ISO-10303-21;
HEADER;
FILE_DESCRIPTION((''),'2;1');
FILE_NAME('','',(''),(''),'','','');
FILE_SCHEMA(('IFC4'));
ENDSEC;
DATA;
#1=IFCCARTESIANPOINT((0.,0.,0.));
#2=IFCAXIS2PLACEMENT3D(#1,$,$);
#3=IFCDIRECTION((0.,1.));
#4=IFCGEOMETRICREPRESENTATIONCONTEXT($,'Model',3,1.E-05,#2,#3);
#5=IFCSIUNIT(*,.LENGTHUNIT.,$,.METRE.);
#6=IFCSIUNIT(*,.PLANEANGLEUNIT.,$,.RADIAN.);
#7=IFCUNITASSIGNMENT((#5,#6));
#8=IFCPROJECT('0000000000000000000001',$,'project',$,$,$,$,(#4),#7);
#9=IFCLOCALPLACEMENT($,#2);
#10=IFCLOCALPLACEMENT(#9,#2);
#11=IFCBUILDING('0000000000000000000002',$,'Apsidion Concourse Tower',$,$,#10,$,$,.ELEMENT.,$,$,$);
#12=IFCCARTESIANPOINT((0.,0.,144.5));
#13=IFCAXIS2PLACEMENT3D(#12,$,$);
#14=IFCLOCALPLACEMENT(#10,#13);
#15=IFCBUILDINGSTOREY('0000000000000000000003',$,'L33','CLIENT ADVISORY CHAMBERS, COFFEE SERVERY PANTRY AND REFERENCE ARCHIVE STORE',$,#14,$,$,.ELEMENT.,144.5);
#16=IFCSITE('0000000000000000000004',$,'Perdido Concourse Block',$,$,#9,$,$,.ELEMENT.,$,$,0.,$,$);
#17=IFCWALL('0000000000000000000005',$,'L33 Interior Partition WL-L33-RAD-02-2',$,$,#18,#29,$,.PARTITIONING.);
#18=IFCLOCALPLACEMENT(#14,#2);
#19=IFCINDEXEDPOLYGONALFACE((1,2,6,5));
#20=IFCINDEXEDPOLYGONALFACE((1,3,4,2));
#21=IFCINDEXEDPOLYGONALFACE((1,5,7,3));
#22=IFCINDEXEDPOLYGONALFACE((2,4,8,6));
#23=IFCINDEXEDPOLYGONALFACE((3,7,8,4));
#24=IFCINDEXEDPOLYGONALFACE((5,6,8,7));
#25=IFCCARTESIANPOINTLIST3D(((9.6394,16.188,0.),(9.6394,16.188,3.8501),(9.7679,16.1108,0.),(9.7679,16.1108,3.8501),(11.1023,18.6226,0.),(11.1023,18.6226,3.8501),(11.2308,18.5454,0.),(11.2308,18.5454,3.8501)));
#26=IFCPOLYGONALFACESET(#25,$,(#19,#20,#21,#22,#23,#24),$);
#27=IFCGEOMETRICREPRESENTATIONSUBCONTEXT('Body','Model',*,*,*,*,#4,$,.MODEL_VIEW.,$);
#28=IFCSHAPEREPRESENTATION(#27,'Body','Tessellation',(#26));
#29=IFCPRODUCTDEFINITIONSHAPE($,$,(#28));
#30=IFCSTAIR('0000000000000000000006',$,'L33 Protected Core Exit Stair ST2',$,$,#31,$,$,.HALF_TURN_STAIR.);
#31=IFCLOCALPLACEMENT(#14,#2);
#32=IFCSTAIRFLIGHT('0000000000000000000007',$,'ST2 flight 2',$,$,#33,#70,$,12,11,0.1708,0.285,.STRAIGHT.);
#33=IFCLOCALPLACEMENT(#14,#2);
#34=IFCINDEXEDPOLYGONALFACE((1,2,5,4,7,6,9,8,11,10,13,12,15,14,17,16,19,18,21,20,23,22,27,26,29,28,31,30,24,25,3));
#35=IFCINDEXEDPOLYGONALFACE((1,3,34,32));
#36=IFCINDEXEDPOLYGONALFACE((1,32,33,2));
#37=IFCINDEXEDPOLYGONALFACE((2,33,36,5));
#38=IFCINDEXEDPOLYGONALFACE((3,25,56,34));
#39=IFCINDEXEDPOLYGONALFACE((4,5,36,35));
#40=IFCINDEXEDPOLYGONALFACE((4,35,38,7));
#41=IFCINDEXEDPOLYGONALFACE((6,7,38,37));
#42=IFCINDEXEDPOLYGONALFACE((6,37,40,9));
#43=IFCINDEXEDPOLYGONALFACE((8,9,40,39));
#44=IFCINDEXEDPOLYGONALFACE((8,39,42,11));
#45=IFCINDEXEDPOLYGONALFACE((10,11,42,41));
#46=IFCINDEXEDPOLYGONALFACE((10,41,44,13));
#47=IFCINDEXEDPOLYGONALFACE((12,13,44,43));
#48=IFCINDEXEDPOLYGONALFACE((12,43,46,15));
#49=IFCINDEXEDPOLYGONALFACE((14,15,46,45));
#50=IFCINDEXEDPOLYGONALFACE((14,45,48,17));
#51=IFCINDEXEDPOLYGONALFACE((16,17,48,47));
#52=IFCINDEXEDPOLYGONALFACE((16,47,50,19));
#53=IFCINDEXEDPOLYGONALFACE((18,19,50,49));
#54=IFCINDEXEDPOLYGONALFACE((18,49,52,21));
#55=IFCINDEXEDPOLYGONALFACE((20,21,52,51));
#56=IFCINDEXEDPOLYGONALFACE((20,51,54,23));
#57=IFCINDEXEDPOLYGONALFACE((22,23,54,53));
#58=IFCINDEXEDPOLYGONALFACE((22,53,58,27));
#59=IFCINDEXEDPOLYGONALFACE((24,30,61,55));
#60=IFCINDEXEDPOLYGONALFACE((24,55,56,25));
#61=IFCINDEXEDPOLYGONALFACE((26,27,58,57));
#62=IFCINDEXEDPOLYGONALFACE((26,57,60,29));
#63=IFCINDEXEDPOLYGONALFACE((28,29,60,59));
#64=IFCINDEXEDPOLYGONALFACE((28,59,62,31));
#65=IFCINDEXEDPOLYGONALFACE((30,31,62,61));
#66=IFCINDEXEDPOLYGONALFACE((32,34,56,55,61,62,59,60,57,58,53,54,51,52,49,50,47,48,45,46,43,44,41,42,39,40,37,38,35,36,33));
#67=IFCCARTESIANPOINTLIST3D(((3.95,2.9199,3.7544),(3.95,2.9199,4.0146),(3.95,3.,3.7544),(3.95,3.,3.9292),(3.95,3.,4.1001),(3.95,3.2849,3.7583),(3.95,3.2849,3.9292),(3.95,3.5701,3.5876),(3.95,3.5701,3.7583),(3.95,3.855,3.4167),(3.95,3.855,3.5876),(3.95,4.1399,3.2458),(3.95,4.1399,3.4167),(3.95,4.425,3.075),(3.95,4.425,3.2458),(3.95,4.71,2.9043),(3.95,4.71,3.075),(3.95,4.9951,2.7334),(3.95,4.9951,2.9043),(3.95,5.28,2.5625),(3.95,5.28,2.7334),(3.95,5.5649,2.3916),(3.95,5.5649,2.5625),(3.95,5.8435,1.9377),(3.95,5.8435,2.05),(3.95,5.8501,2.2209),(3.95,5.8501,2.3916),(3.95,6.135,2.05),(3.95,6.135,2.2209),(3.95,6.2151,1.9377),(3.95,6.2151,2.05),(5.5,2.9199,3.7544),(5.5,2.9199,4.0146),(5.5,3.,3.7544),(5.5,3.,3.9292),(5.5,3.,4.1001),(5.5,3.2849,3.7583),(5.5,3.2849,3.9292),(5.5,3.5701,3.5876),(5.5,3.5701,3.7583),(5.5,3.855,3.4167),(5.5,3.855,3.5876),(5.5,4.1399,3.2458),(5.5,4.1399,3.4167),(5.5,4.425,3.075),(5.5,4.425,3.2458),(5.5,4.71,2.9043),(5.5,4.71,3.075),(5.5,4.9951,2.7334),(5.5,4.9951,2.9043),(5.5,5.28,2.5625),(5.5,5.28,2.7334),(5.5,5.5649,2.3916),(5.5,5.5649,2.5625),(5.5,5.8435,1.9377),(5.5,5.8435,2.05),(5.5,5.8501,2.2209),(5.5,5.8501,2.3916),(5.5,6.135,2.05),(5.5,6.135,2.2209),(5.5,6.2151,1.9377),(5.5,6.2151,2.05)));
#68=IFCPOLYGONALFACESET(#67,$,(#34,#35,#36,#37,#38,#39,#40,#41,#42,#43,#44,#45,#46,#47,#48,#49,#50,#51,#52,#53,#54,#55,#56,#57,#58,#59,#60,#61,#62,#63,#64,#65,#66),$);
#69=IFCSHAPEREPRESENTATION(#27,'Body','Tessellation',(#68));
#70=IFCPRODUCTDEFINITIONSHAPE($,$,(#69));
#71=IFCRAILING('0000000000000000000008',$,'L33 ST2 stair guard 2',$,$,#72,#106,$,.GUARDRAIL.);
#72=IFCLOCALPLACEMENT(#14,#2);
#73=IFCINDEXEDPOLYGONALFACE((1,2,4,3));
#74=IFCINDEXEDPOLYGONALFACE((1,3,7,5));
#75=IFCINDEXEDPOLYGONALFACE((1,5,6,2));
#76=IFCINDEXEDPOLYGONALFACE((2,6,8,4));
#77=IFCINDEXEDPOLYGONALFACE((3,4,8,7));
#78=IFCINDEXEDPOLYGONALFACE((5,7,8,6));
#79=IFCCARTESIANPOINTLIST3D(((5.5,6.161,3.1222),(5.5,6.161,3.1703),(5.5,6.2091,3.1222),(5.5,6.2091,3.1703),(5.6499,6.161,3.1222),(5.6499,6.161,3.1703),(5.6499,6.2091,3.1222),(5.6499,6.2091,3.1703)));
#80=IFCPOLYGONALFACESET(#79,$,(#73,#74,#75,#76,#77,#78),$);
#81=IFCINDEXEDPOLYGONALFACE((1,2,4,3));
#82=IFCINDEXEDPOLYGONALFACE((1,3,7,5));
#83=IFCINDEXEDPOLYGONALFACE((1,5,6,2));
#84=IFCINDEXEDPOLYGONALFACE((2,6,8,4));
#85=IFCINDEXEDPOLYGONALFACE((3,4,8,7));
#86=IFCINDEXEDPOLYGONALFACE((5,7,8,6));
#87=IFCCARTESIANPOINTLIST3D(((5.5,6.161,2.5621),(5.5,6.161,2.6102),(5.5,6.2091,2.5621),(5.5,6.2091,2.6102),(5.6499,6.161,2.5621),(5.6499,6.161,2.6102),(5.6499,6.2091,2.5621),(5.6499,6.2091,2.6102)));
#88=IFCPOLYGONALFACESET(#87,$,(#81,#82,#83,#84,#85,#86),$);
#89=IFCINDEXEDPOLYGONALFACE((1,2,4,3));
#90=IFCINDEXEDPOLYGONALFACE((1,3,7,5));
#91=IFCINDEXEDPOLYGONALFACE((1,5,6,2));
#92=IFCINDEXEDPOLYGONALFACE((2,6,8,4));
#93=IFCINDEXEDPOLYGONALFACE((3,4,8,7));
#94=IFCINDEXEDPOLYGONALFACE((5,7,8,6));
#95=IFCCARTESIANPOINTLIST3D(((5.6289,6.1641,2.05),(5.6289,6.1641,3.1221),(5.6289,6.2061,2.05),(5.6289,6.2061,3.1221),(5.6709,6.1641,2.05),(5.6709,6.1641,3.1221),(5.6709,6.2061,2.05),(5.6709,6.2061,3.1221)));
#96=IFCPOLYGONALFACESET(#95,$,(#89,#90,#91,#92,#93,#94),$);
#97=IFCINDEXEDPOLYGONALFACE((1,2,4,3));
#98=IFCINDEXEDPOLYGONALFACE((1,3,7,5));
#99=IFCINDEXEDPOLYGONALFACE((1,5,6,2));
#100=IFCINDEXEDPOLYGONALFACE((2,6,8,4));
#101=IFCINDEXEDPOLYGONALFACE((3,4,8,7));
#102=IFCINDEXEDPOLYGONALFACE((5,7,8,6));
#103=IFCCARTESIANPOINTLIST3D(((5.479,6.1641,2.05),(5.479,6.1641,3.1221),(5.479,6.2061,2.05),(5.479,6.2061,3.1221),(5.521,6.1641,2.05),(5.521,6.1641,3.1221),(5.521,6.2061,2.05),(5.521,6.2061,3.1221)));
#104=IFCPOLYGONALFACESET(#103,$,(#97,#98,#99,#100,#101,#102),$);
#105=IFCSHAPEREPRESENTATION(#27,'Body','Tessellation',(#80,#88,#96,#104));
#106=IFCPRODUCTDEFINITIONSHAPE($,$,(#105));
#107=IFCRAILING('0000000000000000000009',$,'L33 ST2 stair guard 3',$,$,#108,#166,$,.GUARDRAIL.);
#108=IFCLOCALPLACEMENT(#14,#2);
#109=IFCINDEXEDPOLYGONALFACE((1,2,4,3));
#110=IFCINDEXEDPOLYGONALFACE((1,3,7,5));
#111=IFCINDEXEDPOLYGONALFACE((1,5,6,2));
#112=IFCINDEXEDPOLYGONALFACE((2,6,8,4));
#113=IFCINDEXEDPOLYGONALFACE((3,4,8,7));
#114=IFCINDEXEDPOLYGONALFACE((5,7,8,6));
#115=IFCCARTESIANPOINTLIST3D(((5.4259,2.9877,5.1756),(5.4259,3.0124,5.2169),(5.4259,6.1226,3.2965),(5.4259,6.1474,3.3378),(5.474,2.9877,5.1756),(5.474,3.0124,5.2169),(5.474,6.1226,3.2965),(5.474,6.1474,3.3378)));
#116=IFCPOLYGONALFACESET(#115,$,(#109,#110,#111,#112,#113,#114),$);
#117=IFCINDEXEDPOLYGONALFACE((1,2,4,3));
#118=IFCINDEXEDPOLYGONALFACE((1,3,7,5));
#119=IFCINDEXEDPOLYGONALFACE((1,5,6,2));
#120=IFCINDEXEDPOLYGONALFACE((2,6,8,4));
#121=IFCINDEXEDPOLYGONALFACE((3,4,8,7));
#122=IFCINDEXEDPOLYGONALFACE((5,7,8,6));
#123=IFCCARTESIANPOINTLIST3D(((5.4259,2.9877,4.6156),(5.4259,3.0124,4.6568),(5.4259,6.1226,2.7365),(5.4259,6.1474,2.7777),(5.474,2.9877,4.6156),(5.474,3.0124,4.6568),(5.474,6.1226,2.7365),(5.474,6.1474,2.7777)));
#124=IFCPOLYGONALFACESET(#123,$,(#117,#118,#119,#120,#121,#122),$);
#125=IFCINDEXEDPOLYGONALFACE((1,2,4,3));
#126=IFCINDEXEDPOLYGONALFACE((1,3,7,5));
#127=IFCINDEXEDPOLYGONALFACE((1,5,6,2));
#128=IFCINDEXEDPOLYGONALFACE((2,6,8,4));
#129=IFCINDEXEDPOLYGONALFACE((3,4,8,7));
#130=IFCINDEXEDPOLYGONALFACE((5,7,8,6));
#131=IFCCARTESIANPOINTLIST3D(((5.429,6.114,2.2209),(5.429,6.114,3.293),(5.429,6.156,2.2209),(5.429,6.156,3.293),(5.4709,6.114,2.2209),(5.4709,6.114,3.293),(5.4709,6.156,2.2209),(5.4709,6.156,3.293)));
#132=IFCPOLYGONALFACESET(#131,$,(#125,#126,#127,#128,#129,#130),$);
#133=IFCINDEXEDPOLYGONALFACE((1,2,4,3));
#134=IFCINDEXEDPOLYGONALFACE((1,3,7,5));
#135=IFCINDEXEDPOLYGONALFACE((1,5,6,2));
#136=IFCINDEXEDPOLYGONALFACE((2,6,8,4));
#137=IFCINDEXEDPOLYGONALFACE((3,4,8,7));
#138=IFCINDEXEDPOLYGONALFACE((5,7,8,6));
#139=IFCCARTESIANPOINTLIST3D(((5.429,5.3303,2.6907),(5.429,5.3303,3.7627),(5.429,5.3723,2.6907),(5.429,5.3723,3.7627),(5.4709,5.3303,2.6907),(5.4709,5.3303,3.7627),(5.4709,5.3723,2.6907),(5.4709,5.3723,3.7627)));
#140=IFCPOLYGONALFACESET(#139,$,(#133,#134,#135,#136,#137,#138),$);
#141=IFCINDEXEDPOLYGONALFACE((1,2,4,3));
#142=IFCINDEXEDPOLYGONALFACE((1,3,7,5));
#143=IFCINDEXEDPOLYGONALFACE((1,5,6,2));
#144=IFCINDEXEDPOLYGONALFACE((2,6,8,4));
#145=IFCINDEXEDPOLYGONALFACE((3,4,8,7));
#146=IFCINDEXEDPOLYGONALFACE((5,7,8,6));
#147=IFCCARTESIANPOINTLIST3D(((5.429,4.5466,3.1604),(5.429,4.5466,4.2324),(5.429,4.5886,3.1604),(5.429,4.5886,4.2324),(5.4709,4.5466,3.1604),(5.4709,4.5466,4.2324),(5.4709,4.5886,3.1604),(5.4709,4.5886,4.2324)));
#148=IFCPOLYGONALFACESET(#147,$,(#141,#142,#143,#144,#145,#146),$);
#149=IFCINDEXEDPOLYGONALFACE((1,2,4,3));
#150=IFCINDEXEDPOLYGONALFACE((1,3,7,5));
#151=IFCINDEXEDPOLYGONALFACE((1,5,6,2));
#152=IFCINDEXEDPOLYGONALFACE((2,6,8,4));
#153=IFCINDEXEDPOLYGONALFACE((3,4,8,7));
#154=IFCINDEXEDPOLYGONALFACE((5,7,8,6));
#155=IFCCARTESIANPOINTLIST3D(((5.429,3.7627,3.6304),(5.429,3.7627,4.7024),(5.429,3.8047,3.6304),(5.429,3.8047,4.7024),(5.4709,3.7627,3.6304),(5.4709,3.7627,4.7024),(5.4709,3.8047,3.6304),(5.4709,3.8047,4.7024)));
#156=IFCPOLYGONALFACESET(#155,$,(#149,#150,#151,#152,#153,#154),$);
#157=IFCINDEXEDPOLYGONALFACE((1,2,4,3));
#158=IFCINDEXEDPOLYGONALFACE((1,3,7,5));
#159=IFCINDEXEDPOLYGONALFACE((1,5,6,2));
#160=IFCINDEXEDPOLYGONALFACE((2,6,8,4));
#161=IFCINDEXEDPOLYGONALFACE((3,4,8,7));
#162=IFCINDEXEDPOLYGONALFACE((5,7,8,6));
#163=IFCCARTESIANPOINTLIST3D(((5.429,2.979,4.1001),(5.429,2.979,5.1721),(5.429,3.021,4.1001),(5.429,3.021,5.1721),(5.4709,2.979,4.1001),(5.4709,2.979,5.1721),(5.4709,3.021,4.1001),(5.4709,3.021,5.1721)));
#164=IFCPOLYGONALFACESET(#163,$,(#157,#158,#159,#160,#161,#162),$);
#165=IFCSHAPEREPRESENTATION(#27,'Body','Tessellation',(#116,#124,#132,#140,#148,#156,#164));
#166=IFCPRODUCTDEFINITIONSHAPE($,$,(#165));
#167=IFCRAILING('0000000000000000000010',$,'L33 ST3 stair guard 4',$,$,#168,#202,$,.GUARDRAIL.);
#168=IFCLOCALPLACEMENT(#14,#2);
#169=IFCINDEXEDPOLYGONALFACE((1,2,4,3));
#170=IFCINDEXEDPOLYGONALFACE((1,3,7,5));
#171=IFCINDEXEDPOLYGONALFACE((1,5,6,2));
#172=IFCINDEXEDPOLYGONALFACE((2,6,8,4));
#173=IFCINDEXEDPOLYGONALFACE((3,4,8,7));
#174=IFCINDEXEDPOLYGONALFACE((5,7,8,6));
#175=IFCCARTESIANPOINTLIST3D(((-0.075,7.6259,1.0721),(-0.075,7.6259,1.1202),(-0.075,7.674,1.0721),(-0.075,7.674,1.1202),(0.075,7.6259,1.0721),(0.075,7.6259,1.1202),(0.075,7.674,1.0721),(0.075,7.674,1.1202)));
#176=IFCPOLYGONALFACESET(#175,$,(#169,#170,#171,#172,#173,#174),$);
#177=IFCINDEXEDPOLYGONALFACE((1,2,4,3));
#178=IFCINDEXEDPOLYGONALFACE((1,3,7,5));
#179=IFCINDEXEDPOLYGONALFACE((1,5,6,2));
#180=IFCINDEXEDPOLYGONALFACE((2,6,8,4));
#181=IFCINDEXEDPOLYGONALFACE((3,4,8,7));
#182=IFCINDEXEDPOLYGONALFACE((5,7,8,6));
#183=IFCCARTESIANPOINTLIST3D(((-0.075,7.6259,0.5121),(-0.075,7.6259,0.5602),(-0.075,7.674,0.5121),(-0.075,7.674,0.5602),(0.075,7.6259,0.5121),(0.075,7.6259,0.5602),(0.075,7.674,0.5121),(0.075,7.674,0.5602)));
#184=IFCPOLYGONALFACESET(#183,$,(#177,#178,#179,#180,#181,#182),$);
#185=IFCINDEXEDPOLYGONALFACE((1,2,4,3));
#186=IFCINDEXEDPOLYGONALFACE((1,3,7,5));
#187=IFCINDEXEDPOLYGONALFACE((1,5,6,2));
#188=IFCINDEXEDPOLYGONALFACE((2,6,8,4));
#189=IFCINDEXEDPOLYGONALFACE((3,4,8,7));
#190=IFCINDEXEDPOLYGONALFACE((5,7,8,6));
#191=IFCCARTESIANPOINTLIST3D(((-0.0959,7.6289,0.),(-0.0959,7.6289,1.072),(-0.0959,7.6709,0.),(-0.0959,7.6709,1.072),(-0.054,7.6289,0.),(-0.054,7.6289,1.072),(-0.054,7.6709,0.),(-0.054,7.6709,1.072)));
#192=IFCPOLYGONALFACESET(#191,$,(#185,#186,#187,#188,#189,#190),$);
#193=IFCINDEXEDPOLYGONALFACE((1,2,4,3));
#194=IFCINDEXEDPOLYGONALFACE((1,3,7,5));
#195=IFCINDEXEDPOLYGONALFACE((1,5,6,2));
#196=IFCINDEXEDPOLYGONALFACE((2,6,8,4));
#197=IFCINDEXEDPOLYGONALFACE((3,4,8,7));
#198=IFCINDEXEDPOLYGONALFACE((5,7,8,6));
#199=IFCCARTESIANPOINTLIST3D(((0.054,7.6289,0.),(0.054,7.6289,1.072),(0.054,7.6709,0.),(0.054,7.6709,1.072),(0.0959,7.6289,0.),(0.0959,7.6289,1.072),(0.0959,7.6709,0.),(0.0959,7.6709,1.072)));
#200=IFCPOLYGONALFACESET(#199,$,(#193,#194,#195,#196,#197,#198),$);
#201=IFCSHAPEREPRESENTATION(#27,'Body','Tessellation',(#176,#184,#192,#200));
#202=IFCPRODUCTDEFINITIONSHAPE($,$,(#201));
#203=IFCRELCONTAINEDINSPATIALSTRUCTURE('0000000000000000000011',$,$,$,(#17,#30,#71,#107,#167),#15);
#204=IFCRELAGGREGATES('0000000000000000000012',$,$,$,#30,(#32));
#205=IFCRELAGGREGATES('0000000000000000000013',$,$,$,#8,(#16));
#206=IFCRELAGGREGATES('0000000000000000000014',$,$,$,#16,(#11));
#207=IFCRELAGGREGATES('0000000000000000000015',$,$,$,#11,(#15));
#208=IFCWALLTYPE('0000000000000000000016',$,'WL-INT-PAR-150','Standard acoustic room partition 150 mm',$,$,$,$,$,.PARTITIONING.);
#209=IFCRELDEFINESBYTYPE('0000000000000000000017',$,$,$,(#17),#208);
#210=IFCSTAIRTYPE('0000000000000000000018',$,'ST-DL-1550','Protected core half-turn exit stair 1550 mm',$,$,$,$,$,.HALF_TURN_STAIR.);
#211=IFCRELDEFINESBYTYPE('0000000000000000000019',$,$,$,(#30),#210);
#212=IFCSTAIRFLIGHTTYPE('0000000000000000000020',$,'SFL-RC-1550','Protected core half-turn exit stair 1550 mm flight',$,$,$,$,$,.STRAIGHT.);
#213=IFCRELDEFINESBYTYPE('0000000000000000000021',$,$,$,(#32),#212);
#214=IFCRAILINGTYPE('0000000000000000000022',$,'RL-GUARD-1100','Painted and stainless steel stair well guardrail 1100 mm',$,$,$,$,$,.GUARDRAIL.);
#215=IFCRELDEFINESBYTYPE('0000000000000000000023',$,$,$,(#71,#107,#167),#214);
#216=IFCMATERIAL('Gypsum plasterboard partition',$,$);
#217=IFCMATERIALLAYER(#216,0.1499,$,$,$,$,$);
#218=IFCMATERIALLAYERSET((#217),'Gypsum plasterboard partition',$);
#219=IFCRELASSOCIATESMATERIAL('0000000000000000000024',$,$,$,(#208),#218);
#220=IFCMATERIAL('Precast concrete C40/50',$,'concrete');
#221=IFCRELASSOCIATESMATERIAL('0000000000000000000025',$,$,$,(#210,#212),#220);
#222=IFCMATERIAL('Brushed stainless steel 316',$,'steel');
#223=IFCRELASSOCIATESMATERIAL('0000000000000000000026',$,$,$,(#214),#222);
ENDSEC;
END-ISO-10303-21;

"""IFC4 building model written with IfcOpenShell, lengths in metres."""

from ifc_helpers import new_model, si_unit, direction, frame, frame_2d, origin, origin_2d, place, context, subcontext, project, spatial, polyline, rectangle, outline, extrude, material, layer, layer_set, type_object, element, aggregate, save


model = new_model("IFC4")

# Units and contexts
model_context = context("Model", 3, precision=1e-05, world=origin(), true_north=direction((0.0, 1.0)))
body_context = subcontext(model_context, "Body", "Model", "MODEL_VIEW")
ifc_project = project(units=[si_unit("LENGTHUNIT", "METRE"), si_unit("PLANEANGLEUNIT", "RADIAN")], contexts=[model_context])

# Site, building, storey
site_placement = place(None, origin())
site = spatial("IfcSite", under=ifc_project, at=site_placement, Name="Perdido Concourse Block", CompositionType="ELEMENT", RefElevation=0.0)
building_placement = place(site_placement, origin())
building = spatial("IfcBuilding", under=site, at=building_placement, Name="Apsidion Concourse Tower", CompositionType="ELEMENT")
storey_placement = place(building_placement, frame((0.0, 0.0, 144.5)))
storey = spatial("IfcBuildingStorey", under=building, at=storey_placement, Name="L33", Description="CLIENT ADVISORY CHAMBERS, COFFEE SERVERY PANTRY AND REFERENCE ARCHIVE STORE", CompositionType="ELEMENT", Elevation=144.5)

# Shared definitions
ifc_material_1 = material(Name="Gypsum plasterboard partition")
ifc_layer = layer(ifc_material_1, 0.1499)
ifc_layer_set = layer_set([ifc_layer], Name="Gypsum plasterboard partition")
wall_type = type_object("IfcWallType", Name="WL-INT-PAR-150", Description="Standard acoustic room partition 150 mm", PredefinedType="PARTITIONING", material=ifc_layer_set)

# Shared definitions
ifc_material_2 = material(Name="Brushed stainless steel 316", Category="steel")

# Wall
wall_1_placement = place(storey_placement, frame((9.7036, 16.1494, 0.0), z_axis=(0.0, 0.0, 1.0), x_axis=(0.515052, 0.857159, 0.0)))
element("IfcWall", 1, at=wall_1_placement, inside=storey, type_object=wall_type, Name="L33 Interior Partition WL-L33-RAD-02-2", PredefinedType="PARTITIONING", context=body_context, shape_type="SweptSolid", body=[
    extrude(rectangle(XDim=2.8403, YDim=0.1499, at=frame_2d((1.4202, 0.0))), origin(), (0.0, 0.0, 1.0), 3.8501),
])

# Stair, stair flight
ifc_material_3 = material(Name="Precast concrete C40/50", Category="concrete")
stair_type = type_object("IfcStairType", Name="ST-DL-1550", Description="Protected core half-turn exit stair 1550 mm", PredefinedType="HALF_TURN_STAIR", material=ifc_material_3)
stair_placement = place(storey_placement, origin())
stair = element("IfcStair", 2, at=stair_placement, inside=storey, type_object=stair_type, Name="L33 Protected Core Exit Stair ST2", PredefinedType="HALF_TURN_STAIR")
stair_flight_type = type_object("IfcStairFlightType", Name="SFL-RC-1550", Description="Protected core half-turn exit stair 1550 mm flight", PredefinedType="STRAIGHT", material=ifc_material_3)
stair_flight_placement = place(storey_placement, frame((4.7251, 6.135, 2.05), z_axis=(0.0, 0.0, 1.0), x_axis=(0.0, -1.0, 0.0)))
stair_flight = element("IfcStairFlight", 3, at=stair_flight_placement, type_object=stair_flight_type, Name="ST2 flight 2", NumberOfRisers=12, NumberOfTreads=11, PredefinedType="STRAIGHT", RiserHeight=0.1708, TreadLength=0.285, context=body_context, shape_type="SweptSolid", body=[
    extrude(outline(polyline([(-0.0801, -0.1123), (-0.0801, 0.0), (0.0, 0.0), (0.0, 0.1709), (0.2849, 0.1709), (0.2849, 0.3416), (0.5701, 0.3416), (0.5701, 0.5125), (0.855, 0.5125), (0.855, 0.6833), (1.1399, 0.6833), (1.1399, 0.8542), (1.425, 0.8542), (1.425, 1.0249), (1.71, 1.0249), (1.71, 1.1958), (1.9951, 1.1958), (1.9951, 1.3667), (2.28, 1.3667), (2.28, 1.5376), (2.5649, 1.5376), (2.5649, 1.7083), (2.8501, 1.7083), (2.8501, 1.8792), (3.135, 1.8792), (3.135, 2.05), (3.2151, 1.9646), (3.2151, 1.7043), (3.135, 1.7043), (0.2915, 0.0), (0.2915, -0.1123), (-0.0801, -0.1123)])), frame((0.0, 0.7749, 0.0), z_axis=(0.0, -1.0, 0.0), x_axis=(1.0, 0.0, 0.0)), (0.0, 0.0, 1.0), 1.55),
])
aggregate(stair, [stair_flight])

# Railings
railing_type_1 = type_object("IfcRailingType", Name="RL-GUARD-1100", Description="Painted and stainless steel stair well guardrail 1100 mm", PredefinedType="GUARDRAIL", material=ifc_material_2)
railing_1_placement = place(storey_placement, frame((5.6499, 6.1851, 2.05)))
element("IfcRailing", 4, at=railing_1_placement, inside=storey, type_object=railing_type_1, Name="L33 ST2 stair guard 2", PredefinedType="GUARDRAIL", context=body_context, shape_type="SweptSolid", body=[
    extrude(rectangle(XDim=0.0481, YDim=0.0481, at=origin_2d()), frame((0.0, 0.0, 1.0962), z_axis=(-1.0, 0.0, 0.0), x_axis=(0.0, -1.0, 0.0)), (0.0, 0.0, 1.0), 0.1499),
    extrude(rectangle(XDim=0.0481, YDim=0.0481, at=origin_2d()), frame((0.0, 0.0, 0.5361), z_axis=(-1.0, 0.0, 0.0), x_axis=(0.0, -1.0, 0.0)), (0.0, 0.0, 1.0), 0.1499),
    extrude(rectangle(XDim=0.042, YDim=0.042, at=origin_2d()), origin(), (0.0, 0.0, 1.0), 1.072),
    extrude(rectangle(XDim=0.042, YDim=0.042, at=origin_2d()), frame((-0.1499, 0.0, 0.0)), (0.0, 0.0, 1.0), 1.072),
])
railing_2_placement = place(storey_placement, frame((5.45, 6.135, 2.2209)))
element("IfcRailing", 5, at=railing_2_placement, inside=storey, type_object=railing_type_1, Name="L33 ST2 stair guard 3", PredefinedType="GUARDRAIL", context=body_context, shape_type="SweptSolid", body=[
    extrude(rectangle(XDim=0.0481, YDim=0.0481, at=origin_2d()), frame((0.0, 0.0, 1.0962), z_axis=(0.0, -0.857717, 0.514122), x_axis=(1.0, 0.0, 0.0)), (0.0, 0.0, 1.0), 3.655),
    extrude(rectangle(XDim=0.0481, YDim=0.0481, at=origin_2d()), frame((0.0, 0.0, 0.5361), z_axis=(0.0, -0.857717, 0.514122), x_axis=(1.0, 0.0, 0.0)), (0.0, 0.0, 1.0), 3.655),
    extrude(rectangle(XDim=0.042, YDim=0.042, at=origin_2d()), origin(), (0.0, 0.0, 1.0), 1.072),
    extrude(rectangle(XDim=0.042, YDim=0.042, at=origin_2d()), frame((0.0, -0.7837, 0.4697)), (0.0, 0.0, 1.0), 1.072),
    extrude(rectangle(XDim=0.042, YDim=0.042, at=origin_2d()), frame((0.0, -1.5674, 0.9395)), (0.0, 0.0, 1.0), 1.072),
    extrude(rectangle(XDim=0.042, YDim=0.042, at=origin_2d()), frame((0.0, -2.3513, 1.4094)), (0.0, 0.0, 1.0), 1.072),
    extrude(rectangle(XDim=0.042, YDim=0.042, at=origin_2d()), frame((0.0, -3.135, 1.8792)), (0.0, 0.0, 1.0), 1.072),
])
railing_3_placement = place(storey_placement, frame((-0.075, 7.6499, 0.0)))
element("IfcRailing", 6, at=railing_3_placement, inside=storey, type_object=railing_type_1, Name="L33 ST3 stair guard 4", PredefinedType="GUARDRAIL", context=body_context, shape_type="SweptSolid", body=[
    extrude(rectangle(XDim=0.0481, YDim=0.0481, at=origin_2d()), frame((0.0, 0.0, 1.0962), z_axis=(1.0, 0.0, 0.0), x_axis=(0.0, 1.0, 0.0)), (0.0, 0.0, 1.0), 0.1499),
    extrude(rectangle(XDim=0.0481, YDim=0.0481, at=origin_2d()), frame((0.0, 0.0, 0.5361), z_axis=(1.0, 0.0, 0.0), x_axis=(0.0, 1.0, 0.0)), (0.0, 0.0, 1.0), 0.1499),
    extrude(rectangle(XDim=0.042, YDim=0.042, at=origin_2d()), origin(), (0.0, 0.0, 1.0), 1.072),
    extrude(rectangle(XDim=0.042, YDim=0.042, at=origin_2d()), frame((0.1499, 0.0, 0.0)), (0.0, 0.0, 1.0), 1.072),
])

save(model, "model.ifc")
